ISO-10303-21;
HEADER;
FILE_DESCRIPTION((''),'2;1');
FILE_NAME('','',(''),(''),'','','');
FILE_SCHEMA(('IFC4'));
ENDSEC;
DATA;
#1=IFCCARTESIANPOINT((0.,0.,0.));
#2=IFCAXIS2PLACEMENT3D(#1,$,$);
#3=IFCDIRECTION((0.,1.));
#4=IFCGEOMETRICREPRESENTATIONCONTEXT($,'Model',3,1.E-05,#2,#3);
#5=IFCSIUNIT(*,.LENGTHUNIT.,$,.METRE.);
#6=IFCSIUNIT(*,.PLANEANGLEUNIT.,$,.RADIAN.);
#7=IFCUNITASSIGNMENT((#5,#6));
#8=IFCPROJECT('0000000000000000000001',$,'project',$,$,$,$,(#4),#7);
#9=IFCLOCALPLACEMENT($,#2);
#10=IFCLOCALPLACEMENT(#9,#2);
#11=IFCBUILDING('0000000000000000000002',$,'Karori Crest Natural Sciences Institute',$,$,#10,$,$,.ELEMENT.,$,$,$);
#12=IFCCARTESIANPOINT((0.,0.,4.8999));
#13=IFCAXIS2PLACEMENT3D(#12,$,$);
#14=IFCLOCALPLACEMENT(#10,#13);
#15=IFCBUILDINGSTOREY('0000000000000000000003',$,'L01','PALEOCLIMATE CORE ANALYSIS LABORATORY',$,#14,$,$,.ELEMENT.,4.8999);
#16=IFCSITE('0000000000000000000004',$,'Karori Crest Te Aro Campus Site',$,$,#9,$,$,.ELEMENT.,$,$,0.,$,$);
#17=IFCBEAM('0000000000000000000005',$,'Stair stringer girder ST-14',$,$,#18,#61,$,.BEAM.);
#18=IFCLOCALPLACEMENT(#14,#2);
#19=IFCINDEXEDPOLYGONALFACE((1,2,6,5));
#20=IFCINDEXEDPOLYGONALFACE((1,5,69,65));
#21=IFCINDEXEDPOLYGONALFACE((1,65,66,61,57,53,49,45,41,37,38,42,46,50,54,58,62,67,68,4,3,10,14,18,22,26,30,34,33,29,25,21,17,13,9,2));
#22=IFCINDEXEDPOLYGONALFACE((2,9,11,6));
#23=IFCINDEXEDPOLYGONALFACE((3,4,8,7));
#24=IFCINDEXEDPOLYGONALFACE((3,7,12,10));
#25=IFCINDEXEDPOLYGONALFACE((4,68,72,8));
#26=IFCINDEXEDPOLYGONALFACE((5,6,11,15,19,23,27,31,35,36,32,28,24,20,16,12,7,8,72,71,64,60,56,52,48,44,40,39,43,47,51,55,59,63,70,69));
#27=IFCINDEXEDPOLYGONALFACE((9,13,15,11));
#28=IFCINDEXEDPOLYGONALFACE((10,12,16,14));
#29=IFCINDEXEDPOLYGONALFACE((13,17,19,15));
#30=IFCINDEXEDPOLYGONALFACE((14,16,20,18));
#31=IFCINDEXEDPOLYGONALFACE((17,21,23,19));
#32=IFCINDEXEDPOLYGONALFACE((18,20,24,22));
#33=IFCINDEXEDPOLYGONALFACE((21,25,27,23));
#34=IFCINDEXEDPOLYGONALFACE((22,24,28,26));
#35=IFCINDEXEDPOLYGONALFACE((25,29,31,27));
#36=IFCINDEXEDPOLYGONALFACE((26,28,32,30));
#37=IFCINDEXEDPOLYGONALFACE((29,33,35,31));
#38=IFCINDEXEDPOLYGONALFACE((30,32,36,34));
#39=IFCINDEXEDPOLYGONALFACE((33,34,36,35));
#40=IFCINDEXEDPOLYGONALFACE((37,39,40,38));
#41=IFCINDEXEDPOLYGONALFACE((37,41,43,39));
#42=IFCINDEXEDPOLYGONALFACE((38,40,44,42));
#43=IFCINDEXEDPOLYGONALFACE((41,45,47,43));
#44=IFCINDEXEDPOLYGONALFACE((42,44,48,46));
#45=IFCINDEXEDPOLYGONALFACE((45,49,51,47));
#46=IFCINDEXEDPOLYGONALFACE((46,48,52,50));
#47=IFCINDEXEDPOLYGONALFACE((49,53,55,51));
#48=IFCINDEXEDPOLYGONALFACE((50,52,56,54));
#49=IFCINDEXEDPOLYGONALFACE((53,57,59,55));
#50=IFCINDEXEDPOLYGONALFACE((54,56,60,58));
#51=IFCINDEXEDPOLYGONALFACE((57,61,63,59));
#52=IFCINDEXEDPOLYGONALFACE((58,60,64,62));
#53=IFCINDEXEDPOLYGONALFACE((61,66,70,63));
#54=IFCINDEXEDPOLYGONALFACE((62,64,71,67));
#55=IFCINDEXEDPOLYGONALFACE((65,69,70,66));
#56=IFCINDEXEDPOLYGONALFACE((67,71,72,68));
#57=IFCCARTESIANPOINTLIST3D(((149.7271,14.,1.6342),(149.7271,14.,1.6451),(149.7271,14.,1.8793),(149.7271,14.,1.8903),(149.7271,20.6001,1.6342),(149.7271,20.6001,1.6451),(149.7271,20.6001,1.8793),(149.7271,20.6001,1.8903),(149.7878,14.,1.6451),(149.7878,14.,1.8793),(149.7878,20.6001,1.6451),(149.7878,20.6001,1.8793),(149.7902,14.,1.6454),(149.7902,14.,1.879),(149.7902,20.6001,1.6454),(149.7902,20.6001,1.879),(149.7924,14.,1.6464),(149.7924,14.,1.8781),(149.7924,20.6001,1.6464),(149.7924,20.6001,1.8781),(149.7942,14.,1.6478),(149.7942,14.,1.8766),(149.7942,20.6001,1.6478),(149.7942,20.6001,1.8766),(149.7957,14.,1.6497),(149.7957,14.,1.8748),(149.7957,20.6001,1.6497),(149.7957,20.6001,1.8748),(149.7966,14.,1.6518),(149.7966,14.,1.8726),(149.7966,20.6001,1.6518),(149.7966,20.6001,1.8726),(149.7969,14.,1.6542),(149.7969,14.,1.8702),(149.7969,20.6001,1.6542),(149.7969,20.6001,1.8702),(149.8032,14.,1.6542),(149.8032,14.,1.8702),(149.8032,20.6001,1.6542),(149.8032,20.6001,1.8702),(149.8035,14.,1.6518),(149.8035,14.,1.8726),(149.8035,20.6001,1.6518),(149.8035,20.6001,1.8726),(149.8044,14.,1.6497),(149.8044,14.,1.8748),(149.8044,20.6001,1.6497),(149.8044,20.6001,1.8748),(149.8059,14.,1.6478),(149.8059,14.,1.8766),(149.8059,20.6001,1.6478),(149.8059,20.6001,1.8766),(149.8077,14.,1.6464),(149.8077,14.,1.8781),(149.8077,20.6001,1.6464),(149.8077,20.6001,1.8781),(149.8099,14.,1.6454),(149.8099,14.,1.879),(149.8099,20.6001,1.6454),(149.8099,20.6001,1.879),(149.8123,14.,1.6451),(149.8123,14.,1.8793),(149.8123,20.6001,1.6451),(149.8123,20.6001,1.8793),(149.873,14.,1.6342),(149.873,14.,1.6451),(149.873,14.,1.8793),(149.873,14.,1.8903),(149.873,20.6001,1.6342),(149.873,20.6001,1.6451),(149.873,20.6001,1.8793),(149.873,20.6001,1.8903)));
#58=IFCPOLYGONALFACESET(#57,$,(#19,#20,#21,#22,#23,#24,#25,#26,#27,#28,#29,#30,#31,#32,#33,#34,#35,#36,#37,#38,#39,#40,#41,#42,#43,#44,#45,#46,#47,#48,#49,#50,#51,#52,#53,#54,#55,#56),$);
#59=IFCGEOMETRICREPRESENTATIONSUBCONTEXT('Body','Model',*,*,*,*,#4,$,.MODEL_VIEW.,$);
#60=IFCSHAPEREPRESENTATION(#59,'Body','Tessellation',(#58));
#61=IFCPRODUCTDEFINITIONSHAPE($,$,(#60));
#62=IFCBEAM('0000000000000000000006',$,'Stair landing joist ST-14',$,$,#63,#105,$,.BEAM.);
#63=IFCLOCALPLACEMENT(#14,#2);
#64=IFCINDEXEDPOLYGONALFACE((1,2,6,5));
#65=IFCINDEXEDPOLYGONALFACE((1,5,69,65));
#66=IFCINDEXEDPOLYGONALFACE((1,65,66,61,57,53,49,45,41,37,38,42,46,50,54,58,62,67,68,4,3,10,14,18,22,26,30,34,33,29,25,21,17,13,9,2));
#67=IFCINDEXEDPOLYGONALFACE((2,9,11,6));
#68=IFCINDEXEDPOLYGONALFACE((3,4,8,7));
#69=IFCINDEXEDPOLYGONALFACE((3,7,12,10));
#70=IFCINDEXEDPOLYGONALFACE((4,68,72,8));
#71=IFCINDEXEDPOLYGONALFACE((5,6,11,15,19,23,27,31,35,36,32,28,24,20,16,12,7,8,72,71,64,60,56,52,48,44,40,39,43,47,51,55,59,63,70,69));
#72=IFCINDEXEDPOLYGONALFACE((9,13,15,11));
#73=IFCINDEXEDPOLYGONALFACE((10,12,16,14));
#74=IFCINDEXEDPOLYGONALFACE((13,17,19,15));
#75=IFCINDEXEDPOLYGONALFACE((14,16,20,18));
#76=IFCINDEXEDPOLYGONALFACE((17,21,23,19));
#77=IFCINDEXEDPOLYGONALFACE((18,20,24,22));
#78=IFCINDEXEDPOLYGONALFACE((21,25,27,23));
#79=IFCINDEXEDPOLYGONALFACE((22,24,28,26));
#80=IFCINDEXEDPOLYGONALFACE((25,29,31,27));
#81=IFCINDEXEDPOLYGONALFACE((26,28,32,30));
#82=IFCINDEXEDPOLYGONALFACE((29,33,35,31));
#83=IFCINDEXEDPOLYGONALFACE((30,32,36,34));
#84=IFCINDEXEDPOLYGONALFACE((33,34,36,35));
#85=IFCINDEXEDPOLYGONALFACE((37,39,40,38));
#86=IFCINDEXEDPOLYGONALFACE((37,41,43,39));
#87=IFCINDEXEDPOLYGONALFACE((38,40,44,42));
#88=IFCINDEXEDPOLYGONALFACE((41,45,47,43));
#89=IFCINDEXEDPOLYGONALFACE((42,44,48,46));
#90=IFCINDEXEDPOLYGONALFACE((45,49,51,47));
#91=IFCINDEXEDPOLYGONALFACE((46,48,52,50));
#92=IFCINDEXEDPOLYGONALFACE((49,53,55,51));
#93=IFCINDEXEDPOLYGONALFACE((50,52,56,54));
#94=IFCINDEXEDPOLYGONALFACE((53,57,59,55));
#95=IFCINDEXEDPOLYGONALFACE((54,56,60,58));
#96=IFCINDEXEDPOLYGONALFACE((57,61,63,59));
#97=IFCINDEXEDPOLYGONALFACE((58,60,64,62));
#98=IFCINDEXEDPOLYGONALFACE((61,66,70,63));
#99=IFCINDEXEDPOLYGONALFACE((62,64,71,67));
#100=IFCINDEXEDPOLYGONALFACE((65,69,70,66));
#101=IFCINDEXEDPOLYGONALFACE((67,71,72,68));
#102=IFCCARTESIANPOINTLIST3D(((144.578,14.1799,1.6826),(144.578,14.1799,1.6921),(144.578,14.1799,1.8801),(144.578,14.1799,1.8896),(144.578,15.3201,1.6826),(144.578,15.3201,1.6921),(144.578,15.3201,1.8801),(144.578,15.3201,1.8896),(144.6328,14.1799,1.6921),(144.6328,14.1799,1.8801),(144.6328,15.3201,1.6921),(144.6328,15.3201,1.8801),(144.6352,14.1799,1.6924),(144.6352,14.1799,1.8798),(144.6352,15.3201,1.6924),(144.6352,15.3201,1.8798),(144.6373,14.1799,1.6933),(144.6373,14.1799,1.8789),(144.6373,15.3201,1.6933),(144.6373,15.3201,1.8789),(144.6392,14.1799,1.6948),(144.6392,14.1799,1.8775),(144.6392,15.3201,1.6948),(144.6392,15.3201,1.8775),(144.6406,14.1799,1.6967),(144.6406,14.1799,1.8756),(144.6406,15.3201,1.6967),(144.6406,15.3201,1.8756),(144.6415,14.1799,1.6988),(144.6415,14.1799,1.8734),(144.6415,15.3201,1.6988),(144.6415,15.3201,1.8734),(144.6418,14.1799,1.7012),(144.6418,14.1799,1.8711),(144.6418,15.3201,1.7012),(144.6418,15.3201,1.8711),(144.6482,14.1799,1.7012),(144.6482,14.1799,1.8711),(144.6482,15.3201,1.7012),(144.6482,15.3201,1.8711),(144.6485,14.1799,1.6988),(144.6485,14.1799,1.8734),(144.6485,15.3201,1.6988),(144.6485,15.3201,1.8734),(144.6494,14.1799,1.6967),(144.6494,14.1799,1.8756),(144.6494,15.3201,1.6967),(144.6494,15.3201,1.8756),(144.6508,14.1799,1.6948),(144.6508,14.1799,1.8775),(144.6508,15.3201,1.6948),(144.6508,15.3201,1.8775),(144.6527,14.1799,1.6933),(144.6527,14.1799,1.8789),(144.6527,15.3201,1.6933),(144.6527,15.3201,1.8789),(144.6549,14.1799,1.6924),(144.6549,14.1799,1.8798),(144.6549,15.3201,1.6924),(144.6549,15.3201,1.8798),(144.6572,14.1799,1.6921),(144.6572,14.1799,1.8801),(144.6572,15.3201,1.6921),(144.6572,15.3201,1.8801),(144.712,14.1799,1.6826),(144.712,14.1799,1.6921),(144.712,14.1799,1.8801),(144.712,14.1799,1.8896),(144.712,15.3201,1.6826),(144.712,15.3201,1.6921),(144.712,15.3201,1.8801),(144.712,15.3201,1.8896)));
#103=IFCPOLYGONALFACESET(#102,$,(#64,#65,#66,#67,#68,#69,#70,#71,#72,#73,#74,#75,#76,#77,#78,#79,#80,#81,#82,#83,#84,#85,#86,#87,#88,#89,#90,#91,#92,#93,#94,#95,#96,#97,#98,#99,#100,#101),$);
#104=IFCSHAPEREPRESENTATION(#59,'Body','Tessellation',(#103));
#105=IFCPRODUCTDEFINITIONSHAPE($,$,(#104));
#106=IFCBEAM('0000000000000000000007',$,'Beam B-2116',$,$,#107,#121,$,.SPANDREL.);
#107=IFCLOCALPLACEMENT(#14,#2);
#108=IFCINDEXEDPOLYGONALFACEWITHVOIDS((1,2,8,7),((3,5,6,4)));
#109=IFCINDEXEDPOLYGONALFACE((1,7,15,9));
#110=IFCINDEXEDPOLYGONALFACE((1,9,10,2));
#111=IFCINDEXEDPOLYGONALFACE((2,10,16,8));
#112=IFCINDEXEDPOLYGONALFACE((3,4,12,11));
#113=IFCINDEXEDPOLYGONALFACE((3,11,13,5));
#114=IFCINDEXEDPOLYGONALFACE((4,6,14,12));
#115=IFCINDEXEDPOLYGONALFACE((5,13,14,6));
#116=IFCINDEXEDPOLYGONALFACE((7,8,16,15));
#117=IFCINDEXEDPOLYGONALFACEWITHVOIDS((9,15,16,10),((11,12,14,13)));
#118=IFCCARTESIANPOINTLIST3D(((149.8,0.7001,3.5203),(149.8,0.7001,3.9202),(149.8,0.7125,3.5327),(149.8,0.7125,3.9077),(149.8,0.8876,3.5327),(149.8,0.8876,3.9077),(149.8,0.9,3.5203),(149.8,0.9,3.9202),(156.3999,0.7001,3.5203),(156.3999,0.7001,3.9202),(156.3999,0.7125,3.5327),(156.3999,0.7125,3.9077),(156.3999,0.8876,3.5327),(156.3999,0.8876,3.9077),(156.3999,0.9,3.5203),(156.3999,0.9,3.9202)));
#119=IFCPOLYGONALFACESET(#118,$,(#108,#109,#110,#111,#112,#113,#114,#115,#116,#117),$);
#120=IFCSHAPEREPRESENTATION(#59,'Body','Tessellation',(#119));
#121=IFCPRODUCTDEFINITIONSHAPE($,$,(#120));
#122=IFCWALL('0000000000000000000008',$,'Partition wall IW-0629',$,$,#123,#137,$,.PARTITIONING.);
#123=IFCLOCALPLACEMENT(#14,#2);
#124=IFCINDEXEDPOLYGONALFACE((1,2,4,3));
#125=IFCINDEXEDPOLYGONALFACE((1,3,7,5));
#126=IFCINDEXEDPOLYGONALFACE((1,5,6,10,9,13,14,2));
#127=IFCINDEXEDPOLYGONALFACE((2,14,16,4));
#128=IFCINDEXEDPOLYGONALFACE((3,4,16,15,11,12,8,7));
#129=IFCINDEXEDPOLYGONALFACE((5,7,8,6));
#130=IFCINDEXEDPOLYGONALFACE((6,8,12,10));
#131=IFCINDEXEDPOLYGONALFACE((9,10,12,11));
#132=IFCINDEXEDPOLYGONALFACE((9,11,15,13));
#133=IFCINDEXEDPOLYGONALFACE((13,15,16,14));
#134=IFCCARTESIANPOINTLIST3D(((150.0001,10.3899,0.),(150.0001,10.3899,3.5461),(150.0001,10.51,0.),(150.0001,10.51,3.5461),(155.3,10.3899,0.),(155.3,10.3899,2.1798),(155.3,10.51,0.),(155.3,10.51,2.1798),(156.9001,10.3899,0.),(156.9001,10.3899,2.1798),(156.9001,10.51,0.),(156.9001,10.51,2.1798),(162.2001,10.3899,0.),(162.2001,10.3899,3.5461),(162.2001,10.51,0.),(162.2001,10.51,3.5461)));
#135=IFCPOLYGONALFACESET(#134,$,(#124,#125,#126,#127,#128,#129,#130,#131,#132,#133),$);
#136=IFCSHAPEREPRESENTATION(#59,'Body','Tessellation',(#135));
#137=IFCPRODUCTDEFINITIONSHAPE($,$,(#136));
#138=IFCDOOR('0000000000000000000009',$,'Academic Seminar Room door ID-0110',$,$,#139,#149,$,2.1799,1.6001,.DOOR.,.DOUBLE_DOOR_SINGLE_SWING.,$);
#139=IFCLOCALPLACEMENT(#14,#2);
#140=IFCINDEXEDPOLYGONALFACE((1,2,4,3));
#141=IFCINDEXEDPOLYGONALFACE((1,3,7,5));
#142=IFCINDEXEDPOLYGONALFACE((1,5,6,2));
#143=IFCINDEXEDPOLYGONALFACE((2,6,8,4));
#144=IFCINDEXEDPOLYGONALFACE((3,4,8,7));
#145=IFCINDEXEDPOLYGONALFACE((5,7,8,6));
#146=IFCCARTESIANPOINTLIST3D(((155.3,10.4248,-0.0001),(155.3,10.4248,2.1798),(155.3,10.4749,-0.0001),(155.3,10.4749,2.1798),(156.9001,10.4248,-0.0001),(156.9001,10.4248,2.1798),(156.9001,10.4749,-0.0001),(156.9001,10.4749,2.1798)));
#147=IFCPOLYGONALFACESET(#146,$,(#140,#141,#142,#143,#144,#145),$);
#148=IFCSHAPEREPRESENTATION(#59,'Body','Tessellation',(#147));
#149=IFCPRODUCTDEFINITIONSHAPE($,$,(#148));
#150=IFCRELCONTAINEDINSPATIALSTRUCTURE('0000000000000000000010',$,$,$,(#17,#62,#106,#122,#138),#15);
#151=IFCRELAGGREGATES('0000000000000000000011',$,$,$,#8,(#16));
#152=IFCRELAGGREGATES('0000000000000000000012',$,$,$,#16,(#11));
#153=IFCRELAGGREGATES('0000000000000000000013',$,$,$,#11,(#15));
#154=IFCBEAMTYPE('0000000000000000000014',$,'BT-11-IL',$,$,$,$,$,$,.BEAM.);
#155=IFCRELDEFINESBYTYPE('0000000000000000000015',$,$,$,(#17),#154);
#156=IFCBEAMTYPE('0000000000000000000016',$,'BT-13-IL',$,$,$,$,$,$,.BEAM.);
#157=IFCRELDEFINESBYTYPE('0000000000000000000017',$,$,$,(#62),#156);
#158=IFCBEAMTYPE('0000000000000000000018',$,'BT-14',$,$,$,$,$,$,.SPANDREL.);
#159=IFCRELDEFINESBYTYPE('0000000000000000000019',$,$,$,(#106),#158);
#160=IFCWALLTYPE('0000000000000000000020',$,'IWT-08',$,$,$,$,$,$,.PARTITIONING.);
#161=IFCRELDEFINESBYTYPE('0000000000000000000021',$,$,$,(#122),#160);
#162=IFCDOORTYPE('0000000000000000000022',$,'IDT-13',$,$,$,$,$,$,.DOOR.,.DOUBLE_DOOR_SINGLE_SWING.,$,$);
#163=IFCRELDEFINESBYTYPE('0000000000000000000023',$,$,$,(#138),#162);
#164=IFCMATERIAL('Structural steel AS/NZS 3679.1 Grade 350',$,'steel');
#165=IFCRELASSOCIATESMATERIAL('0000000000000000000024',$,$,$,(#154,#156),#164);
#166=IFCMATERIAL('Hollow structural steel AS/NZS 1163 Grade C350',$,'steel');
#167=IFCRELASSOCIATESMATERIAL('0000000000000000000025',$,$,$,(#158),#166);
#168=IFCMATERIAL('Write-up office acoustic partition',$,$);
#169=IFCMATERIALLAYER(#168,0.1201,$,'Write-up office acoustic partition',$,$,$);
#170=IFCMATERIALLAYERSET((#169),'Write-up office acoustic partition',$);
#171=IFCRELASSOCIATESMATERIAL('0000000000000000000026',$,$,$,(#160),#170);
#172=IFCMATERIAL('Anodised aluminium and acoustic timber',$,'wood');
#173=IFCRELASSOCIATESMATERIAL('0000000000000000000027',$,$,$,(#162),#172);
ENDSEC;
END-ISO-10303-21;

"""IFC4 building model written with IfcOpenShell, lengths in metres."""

from ifc_helpers import new_model, si_unit, direction, frame, frame_2d, origin, origin_2d, place, context, subcontext, project, spatial, rectangle, hollow_rectangle, i_section, extrude, material, layer, layer_set, material_profile, profile_set, type_object, element, fill, save


model = new_model("IFC4")

# Units and contexts
model_context = context("Model", 3, precision=1e-05, world=origin(), true_north=direction((0.0, 1.0)))
body_context = subcontext(model_context, "Body", "Model", "MODEL_VIEW")
ifc_project = project(units=[si_unit("LENGTHUNIT", "METRE"), si_unit("PLANEANGLEUNIT", "RADIAN")], contexts=[model_context])

# Site, building, storey
site_placement = place(None, origin())
site = spatial("IfcSite", under=ifc_project, at=site_placement, Name="Karori Crest Te Aro Campus Site", CompositionType="ELEMENT", RefElevation=0.0)
building_placement = place(site_placement, origin())
building = spatial("IfcBuilding", under=site, at=building_placement, Name="Karori Crest Natural Sciences Institute", CompositionType="ELEMENT")
storey_placement = place(building_placement, frame((0.0, 0.0, 4.8999)))
storey = spatial("IfcBuildingStorey", under=building, at=storey_placement, Name="L01", Description="PALEOCLIMATE CORE ANALYSIS LABORATORY", CompositionType="ELEMENT", Elevation=4.8999)

# Shared definitions
ifc_material_1 = material(Name="Structural steel AS/NZS 3679.1 Grade 350", Category="steel")

# Beams
ifc_material_profile_1 = material_profile(ifc_material_1, i_section(OverallWidth=0.146, OverallDepth=0.2561, WebThickness=0.0063, FlangeThickness=0.011, FilletRadius=0.009, at=origin_2d()), Name="250UB37.3")
ifc_profile_set_1 = profile_set([ifc_material_profile_1], Name="Structural steel AS/NZS 3679.1 Grade 350")
beam_type_1 = type_object("IfcBeamType", Name="BT-11-IL", PredefinedType="BEAM", material=ifc_profile_set_1)
for number, where, z_axis, x_axis, name in (
    (1, (149.8, 14.0, 1.7622), (0.0, 1.0, 0.0), (-1.0, 0.0, 0.0), "Stair stringer girder ST-14"),
):
    element("IfcBeam", number, at=place(storey_placement, frame(where, z_axis=z_axis, x_axis=x_axis)), inside=storey, type_object=beam_type_1, Name=name, PredefinedType="BEAM", context=body_context, shape_type="SweptSolid", body=[
        extrude(i_section(OverallWidth=0.146, OverallDepth=0.2561, WebThickness=0.0063, FlangeThickness=0.011, FilletRadius=0.009, at=origin_2d()), origin(), (0.0, 0.0, 1.0), 6.6001),
    ])
ifc_material_profile_2 = material_profile(ifc_material_1, i_section(OverallWidth=0.134, OverallDepth=0.207, WebThickness=0.0063, FlangeThickness=0.0095, FilletRadius=0.009, at=origin_2d()), Name="200UB29.8")
ifc_profile_set_2 = profile_set([ifc_material_profile_2], Name="Structural steel AS/NZS 3679.1 Grade 350")
beam_type_2 = type_object("IfcBeamType", Name="BT-13-IL", PredefinedType="BEAM", material=ifc_profile_set_2)
beam_1_placement = place(storey_placement, frame((144.645, 14.1799, 1.7861), z_axis=(0.0, 1.0, 0.0), x_axis=(-1.0, 0.0, 0.0)))
element("IfcBeam", 2, at=beam_1_placement, inside=storey, type_object=beam_type_2, Name="Stair landing joist ST-14", PredefinedType="BEAM", context=body_context, shape_type="SweptSolid", body=[
    extrude(i_section(OverallWidth=0.134, OverallDepth=0.207, WebThickness=0.0063, FlangeThickness=0.0095, FilletRadius=0.009, at=origin_2d()), origin(), (0.0, 0.0, 1.0), 1.1401),
])
ifc_material_2 = material(Name="Hollow structural steel AS/NZS 1163 Grade C350", Category="steel")
ifc_material_profile_3 = material_profile(ifc_material_2, hollow_rectangle(XDim=0.2, YDim=0.3999, WallThickness=0.0125, at=origin_2d()), Name="RHS400x200x12.5")
ifc_profile_set_3 = profile_set([ifc_material_profile_3], Name="Hollow structural steel AS/NZS 1163 Grade C350")
beam_type_3 = type_object("IfcBeamType", Name="BT-14", PredefinedType="SPANDREL", material=ifc_profile_set_3)
beam_2_placement = place(storey_placement, frame((149.8, 0.8, 3.7202), z_axis=(1.0, 0.0, 0.0), x_axis=(0.0, 1.0, 0.0)))
element("IfcBeam", 3, at=beam_2_placement, inside=storey, type_object=beam_type_3, Name="Beam B-2116", PredefinedType="SPANDREL", context=body_context, shape_type="SweptSolid", body=[
    extrude(hollow_rectangle(XDim=0.2, YDim=0.3999, WallThickness=0.0125, at=origin_2d()), origin(), (0.0, 0.0, 1.0), 6.5999),
])

# Wall, opening, door
ifc_material_3 = material(Name="Write-up office acoustic partition")
ifc_layer = layer(ifc_material_3, 0.1201, Name="Write-up office acoustic partition")
ifc_layer_set = layer_set([ifc_layer], Name="Write-up office acoustic partition")
wall_type = type_object("IfcWallType", Name="IWT-08", PredefinedType="PARTITIONING", material=ifc_layer_set)
wall_1_placement = place(storey_placement, frame((150.0, 10.45, 0.0), z_axis=(0.0, 0.0, 1.0), x_axis=(1.0, 0.0, 0.0)))
wall_1 = element("IfcWall", 4, at=wall_1_placement, inside=storey, type_object=wall_type, Name="Partition wall IW-0629", PredefinedType="PARTITIONING", context=body_context, shape_type="SweptSolid", body=[
    extrude(rectangle(XDim=12.2, YDim=0.1201, at=frame_2d((6.1001, 0.0))), origin(), (0.0, 0.0, 1.0), 3.5461),
])
opening_placement = place(wall_1_placement, frame((5.3, 0.0, 0.0)))
opening = element("IfcOpeningElement", 5, at=opening_placement, cuts=wall_1, PredefinedType="OPENING", context=body_context, shape_type="SweptSolid", body=[
    extrude(rectangle(XDim=1.6001, YDim=2.1799, at=frame_2d((0.8, 1.0898))), frame((0.0, 0.0701, 0.0), z_axis=(0.0, -1.0, 0.0), x_axis=(1.0, 0.0, 0.0)), (0.0, 0.0, 1.0), 0.1401),
])
ifc_material_4 = material(Name="Anodised aluminium and acoustic timber", Category="wood")
door_type = type_object("IfcDoorType", Name="IDT-13", OperationType="DOUBLE_DOOR_SINGLE_SWING", PredefinedType="DOOR", material=ifc_material_4)
door_placement = place(opening_placement, origin())
door = element("IfcDoor", 6, at=door_placement, inside=storey, type_object=door_type, Name="Academic Seminar Room door ID-0110", OperationType="DOUBLE_DOOR_SINGLE_SWING", OverallHeight=2.1799, OverallWidth=1.6001, PredefinedType="DOOR", context=body_context, shape_type="SweptSolid", body=[
    extrude(rectangle(XDim=1.6001, YDim=2.1799, at=frame_2d((0.8, 1.0898))), frame((0.0, 0.0249, 0.0), z_axis=(0.0, -1.0, 0.0), x_axis=(1.0, 0.0, 0.0)), (0.0, 0.0, 1.0), 0.05),
])
fill(opening, door)

save(model, "model.ifc")
